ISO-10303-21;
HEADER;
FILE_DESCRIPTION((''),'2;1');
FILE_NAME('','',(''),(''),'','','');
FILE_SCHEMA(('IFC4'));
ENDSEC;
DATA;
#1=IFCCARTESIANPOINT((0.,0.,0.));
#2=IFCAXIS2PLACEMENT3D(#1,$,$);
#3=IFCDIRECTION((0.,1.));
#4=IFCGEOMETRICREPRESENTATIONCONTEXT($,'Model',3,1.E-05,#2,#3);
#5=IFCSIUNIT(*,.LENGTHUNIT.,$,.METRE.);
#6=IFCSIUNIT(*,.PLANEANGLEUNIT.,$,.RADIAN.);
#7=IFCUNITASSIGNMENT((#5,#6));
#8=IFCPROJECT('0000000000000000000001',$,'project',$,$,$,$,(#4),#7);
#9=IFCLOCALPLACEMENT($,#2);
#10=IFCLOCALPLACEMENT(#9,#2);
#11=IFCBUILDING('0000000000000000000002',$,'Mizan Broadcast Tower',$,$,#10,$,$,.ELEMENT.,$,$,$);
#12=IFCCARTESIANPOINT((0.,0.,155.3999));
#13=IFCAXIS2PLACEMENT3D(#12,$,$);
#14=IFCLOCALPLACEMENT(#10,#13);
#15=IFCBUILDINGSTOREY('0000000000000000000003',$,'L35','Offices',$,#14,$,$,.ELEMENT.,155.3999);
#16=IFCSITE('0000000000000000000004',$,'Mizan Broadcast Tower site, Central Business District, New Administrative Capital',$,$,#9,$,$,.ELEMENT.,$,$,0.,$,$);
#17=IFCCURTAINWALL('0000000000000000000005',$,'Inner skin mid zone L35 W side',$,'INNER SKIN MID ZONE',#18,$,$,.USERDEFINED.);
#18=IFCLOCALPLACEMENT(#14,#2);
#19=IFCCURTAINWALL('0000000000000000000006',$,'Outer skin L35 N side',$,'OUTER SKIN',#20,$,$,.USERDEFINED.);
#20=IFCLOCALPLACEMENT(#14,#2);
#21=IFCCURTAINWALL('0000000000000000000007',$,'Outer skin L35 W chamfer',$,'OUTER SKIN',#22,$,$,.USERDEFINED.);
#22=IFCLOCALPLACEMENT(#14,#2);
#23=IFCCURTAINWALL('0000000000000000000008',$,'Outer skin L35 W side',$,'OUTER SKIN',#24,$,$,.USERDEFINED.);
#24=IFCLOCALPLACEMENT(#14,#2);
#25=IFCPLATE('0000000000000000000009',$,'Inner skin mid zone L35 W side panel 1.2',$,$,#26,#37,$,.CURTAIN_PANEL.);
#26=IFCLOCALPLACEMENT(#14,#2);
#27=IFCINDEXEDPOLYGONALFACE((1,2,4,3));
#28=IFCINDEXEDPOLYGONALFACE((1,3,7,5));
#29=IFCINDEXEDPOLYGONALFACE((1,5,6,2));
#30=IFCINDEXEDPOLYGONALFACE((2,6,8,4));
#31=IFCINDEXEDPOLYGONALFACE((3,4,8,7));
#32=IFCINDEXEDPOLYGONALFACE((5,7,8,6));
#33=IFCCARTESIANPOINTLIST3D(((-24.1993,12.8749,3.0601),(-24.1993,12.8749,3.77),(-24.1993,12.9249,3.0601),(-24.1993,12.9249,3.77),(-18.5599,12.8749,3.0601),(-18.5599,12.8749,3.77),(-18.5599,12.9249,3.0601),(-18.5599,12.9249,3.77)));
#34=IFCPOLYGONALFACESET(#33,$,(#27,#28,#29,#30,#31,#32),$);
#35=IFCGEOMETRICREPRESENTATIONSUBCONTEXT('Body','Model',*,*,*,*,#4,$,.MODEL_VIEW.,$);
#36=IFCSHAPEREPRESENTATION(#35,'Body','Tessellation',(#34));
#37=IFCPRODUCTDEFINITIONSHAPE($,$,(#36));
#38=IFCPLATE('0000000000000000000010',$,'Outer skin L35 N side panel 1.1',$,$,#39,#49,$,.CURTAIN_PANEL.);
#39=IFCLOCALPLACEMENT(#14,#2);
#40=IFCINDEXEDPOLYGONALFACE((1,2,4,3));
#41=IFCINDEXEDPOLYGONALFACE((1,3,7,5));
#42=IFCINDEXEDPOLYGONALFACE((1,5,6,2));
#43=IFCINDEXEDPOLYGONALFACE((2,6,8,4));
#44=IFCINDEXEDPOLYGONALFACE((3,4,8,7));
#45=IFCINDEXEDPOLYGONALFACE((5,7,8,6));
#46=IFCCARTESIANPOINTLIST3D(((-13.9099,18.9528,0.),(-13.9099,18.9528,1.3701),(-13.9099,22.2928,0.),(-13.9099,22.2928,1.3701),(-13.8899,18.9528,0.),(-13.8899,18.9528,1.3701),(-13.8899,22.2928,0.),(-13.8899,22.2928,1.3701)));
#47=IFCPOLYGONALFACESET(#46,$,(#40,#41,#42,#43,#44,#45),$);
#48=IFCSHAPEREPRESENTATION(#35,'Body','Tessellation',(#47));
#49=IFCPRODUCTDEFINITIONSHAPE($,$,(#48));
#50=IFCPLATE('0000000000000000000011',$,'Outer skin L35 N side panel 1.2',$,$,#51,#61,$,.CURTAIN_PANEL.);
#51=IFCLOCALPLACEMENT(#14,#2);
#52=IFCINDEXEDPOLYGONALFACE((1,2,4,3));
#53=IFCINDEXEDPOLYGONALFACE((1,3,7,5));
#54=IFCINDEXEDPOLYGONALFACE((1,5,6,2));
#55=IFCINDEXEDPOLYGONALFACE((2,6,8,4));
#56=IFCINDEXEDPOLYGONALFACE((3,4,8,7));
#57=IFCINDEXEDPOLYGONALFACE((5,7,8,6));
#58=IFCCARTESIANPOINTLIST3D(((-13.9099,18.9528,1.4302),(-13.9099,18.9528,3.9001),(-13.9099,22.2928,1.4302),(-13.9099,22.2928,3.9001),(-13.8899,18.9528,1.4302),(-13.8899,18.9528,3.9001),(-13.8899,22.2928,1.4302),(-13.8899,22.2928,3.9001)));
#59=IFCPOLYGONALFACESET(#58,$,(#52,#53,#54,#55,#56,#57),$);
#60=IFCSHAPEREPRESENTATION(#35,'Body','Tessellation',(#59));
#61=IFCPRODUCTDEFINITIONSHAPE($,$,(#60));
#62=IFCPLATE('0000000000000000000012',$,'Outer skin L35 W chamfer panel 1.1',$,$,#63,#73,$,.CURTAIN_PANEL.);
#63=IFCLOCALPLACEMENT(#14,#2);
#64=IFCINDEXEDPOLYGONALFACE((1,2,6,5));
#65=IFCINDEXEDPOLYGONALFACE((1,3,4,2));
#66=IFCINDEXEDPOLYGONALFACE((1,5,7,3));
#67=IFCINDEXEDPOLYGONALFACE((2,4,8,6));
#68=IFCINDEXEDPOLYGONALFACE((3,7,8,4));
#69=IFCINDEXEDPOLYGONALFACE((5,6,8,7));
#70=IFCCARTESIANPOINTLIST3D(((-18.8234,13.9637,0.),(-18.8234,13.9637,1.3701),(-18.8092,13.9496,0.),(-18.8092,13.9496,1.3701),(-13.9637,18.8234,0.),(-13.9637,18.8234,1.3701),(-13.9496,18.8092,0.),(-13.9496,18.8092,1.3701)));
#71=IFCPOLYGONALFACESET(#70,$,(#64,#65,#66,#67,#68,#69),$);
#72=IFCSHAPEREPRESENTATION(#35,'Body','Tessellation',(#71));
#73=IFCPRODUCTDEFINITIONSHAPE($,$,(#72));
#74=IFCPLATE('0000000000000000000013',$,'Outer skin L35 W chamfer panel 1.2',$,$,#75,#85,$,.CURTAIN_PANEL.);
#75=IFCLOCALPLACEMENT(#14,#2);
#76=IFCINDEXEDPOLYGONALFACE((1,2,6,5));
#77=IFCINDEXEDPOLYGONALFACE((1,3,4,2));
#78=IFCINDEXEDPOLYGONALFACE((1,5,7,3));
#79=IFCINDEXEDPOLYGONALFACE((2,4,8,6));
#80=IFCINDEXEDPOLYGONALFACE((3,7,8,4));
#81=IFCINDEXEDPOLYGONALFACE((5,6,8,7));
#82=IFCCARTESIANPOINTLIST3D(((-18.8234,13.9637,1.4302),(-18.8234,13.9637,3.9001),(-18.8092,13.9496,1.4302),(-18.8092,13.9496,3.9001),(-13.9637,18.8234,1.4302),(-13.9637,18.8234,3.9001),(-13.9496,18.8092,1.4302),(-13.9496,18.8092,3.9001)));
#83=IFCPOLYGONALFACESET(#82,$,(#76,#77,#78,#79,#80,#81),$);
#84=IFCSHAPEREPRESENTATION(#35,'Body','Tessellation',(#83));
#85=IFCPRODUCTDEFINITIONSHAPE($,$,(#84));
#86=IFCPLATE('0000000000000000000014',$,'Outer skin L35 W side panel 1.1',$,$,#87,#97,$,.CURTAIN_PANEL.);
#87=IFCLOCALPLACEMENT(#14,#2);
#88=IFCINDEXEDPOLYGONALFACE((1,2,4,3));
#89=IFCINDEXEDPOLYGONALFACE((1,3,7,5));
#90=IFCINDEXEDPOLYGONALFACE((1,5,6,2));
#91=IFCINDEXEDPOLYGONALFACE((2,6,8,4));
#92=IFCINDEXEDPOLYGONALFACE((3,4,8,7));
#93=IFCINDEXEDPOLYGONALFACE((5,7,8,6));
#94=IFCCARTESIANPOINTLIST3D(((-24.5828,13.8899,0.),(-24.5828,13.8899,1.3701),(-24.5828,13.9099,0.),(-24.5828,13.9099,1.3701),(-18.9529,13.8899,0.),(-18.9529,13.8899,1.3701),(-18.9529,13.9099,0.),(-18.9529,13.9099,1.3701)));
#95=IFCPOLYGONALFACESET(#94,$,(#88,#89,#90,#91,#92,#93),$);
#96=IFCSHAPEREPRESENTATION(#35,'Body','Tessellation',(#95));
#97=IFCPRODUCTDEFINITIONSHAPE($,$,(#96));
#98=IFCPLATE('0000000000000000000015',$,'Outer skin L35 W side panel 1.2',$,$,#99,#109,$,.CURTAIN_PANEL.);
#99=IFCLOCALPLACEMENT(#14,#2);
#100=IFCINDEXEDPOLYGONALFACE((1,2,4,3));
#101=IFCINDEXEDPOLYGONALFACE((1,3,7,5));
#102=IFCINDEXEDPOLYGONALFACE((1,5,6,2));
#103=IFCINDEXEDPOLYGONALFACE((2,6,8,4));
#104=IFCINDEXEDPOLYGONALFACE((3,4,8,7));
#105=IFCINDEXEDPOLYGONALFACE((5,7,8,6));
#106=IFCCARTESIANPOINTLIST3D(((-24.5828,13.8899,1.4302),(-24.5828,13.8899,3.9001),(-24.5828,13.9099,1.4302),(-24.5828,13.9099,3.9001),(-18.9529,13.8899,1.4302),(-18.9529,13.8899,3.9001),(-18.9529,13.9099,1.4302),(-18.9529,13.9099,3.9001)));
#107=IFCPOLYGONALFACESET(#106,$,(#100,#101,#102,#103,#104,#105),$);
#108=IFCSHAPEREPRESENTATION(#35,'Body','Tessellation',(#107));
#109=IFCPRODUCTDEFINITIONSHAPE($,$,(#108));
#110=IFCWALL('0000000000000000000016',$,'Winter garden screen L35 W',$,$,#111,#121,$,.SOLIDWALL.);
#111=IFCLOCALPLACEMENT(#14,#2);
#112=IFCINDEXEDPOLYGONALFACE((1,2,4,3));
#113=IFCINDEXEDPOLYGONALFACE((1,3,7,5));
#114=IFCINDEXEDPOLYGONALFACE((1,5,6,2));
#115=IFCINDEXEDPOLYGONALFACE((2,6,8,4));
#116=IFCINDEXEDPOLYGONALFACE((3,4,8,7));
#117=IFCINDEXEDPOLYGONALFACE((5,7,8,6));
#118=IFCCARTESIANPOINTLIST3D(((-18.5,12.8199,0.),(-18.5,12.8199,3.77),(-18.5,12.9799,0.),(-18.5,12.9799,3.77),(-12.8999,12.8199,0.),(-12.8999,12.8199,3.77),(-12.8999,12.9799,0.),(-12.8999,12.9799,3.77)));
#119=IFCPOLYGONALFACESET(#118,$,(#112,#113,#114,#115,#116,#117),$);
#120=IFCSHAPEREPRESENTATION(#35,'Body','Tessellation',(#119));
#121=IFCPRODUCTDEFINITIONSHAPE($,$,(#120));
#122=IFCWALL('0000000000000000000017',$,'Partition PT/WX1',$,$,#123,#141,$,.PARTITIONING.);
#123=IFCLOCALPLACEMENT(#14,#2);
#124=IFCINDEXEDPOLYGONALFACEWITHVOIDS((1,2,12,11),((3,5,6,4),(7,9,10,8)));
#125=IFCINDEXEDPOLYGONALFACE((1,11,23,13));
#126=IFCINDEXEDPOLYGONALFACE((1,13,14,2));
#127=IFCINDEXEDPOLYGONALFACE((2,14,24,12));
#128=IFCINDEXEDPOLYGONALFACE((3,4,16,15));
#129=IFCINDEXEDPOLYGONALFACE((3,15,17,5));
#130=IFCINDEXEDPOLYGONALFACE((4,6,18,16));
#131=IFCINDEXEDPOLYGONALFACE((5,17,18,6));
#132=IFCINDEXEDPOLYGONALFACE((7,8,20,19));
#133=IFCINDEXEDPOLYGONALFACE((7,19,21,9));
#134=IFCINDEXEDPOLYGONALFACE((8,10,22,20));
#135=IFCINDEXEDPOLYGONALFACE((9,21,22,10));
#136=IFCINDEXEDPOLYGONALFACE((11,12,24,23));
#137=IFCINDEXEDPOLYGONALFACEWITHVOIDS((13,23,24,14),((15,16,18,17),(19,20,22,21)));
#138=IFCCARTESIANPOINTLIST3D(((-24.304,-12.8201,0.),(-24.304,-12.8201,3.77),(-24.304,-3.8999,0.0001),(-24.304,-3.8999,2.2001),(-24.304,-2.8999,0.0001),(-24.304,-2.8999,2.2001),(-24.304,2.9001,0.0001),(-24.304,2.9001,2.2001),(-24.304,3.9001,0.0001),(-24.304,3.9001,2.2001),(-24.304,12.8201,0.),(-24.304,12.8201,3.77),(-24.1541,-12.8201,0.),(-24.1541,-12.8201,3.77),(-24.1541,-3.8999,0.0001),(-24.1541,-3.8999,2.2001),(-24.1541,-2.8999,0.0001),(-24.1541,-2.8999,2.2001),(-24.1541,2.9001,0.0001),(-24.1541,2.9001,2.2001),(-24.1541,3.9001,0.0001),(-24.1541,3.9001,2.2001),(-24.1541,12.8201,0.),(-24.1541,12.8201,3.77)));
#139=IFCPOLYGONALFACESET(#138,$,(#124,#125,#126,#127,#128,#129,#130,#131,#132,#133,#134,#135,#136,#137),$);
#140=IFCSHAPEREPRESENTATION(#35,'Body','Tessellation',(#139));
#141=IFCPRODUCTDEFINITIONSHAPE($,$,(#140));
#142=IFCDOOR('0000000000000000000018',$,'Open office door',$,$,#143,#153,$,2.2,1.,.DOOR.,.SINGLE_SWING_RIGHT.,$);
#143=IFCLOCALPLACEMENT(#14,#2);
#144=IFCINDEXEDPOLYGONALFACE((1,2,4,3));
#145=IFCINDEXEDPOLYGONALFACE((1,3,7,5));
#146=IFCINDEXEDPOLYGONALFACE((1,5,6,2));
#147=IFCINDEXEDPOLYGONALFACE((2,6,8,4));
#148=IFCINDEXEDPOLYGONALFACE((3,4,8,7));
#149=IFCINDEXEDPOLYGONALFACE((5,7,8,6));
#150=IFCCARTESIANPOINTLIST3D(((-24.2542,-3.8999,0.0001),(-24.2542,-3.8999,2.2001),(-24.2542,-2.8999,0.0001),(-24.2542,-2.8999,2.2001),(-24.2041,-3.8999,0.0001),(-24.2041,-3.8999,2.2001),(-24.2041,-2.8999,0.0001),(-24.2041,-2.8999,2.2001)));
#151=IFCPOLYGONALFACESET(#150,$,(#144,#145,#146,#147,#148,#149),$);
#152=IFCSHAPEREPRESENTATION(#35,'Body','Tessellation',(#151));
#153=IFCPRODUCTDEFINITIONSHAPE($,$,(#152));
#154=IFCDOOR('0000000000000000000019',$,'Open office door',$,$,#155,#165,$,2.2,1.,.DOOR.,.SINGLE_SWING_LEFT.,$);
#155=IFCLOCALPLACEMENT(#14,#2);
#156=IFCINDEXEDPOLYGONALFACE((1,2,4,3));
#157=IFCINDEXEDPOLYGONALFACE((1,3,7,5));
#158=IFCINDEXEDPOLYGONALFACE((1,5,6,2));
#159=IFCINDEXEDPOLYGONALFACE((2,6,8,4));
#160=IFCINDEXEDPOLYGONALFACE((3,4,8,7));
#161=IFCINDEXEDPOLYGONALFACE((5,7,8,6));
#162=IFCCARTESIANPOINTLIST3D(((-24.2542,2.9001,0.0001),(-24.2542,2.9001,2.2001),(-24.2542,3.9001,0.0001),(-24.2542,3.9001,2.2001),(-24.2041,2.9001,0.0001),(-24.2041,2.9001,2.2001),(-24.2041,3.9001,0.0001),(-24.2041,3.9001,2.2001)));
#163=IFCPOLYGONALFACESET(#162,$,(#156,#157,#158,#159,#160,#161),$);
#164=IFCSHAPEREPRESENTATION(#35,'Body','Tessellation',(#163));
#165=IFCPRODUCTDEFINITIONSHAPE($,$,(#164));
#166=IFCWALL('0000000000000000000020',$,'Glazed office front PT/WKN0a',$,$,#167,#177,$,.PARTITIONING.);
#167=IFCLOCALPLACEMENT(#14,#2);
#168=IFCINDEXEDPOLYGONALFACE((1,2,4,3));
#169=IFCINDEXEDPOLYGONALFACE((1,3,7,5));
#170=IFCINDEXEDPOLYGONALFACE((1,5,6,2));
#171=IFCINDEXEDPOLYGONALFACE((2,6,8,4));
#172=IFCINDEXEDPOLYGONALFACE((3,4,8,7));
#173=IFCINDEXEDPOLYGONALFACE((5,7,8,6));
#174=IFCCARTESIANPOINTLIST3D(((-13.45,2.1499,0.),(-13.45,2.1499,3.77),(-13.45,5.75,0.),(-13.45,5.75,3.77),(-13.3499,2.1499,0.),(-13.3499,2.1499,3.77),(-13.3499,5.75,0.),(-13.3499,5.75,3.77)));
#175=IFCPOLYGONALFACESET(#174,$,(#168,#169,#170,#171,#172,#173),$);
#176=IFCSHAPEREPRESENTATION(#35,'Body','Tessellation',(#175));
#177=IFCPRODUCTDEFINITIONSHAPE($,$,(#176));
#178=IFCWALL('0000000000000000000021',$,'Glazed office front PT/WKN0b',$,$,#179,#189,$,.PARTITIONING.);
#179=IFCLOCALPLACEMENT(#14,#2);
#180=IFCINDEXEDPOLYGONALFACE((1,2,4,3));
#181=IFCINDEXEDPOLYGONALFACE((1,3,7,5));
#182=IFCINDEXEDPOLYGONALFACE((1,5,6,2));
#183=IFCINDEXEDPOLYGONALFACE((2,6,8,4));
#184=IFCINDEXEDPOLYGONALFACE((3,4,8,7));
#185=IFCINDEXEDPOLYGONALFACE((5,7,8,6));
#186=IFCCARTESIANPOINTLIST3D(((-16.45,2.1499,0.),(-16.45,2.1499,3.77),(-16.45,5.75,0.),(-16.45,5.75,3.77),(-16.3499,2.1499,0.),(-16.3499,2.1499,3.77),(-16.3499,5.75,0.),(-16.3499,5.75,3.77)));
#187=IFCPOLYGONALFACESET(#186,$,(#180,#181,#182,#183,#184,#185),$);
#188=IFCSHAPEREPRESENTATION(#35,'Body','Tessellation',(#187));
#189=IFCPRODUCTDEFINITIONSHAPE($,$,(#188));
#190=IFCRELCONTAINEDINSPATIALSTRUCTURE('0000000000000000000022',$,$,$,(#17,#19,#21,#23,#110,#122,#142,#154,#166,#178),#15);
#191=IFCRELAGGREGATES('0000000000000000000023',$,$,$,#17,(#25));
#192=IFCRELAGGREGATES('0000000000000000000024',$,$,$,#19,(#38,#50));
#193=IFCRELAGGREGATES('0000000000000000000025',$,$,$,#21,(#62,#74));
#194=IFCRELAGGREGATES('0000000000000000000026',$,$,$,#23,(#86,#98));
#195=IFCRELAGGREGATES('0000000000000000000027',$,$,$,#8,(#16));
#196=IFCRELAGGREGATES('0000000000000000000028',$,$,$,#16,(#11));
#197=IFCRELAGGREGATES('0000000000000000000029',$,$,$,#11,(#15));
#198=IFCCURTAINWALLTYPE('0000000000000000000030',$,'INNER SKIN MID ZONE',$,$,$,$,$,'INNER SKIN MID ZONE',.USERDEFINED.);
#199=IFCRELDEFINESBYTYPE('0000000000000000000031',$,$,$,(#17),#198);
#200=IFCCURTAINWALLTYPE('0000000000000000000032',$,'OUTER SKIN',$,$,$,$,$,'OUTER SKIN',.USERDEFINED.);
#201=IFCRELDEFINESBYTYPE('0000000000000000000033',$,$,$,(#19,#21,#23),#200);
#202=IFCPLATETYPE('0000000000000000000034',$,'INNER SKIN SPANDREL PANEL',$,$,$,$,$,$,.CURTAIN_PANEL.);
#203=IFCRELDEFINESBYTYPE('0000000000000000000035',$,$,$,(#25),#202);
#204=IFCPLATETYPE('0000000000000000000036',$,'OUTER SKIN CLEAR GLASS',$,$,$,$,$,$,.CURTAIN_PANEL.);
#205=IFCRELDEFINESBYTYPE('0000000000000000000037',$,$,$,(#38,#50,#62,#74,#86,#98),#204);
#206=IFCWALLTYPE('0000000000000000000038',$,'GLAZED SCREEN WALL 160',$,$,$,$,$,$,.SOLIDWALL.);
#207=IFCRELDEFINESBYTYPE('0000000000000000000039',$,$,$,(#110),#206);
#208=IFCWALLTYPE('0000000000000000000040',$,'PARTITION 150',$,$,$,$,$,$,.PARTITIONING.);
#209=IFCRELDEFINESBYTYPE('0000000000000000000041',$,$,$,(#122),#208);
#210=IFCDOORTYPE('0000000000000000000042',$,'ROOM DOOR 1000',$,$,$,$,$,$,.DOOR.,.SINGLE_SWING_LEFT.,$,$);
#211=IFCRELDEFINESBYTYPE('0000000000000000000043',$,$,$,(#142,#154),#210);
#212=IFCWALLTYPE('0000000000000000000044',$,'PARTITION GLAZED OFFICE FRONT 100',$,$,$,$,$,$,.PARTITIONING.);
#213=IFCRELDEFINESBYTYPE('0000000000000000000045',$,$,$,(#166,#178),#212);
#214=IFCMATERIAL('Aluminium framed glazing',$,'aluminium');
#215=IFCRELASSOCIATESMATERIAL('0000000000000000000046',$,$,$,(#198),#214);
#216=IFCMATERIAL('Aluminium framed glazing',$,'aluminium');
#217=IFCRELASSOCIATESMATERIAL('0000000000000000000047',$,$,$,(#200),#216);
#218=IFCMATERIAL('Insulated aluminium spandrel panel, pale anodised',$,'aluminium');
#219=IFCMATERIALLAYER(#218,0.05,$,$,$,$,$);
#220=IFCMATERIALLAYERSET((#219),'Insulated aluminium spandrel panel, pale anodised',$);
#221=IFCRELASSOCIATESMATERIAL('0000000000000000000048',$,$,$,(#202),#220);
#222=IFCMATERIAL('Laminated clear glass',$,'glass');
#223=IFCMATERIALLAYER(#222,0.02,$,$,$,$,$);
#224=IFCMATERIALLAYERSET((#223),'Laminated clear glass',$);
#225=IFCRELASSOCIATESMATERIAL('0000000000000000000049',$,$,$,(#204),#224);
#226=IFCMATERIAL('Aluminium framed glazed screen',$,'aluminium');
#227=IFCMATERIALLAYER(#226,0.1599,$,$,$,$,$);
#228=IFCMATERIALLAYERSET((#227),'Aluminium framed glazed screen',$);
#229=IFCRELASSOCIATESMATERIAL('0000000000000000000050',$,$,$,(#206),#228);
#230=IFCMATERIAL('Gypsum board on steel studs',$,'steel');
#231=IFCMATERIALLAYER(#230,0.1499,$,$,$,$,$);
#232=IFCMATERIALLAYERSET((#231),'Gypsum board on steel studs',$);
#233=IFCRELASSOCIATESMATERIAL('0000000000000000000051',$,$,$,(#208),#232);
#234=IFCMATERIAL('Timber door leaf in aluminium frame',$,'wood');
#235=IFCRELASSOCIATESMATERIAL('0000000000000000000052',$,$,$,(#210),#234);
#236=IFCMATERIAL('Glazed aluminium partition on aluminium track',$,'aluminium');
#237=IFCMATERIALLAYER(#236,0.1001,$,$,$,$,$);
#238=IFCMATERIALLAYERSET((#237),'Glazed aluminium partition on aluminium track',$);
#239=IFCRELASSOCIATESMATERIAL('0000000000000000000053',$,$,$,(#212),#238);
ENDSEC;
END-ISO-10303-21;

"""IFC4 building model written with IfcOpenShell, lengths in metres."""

from ifc_helpers import new_model, si_unit, direction, frame, frame_2d, origin, origin_2d, place, context, subcontext, project, spatial, rectangle, extrude, material, layer, layer_set, type_object, element, fill, aggregate, save


model = new_model("IFC4")

# Units and contexts
model_context = context("Model", 3, precision=1e-05, world=origin(), true_north=direction((0.0, 1.0)))
body_context = subcontext(model_context, "Body", "Model", "MODEL_VIEW")
ifc_project = project(units=[si_unit("LENGTHUNIT", "METRE"), si_unit("PLANEANGLEUNIT", "RADIAN")], contexts=[model_context])

# Site, building, storey
site_placement = place(None, origin())
site = spatial("IfcSite", under=ifc_project, at=site_placement, Name="Mizan Broadcast Tower site, Central Business District, New Administrative Capital", CompositionType="ELEMENT", RefElevation=0.0)
building_placement = place(site_placement, origin())
building = spatial("IfcBuilding", under=site, at=building_placement, Name="Mizan Broadcast Tower", CompositionType="ELEMENT")
storey_placement = place(building_placement, frame((0.0, 0.0, 155.3999)))
storey = spatial("IfcBuildingStorey", under=building, at=storey_placement, Name="L35", Description="Offices", CompositionType="ELEMENT", Elevation=155.3999)

# Curtain wall
ifc_material_1 = material(Name="Aluminium framed glazing", Category="aluminium")
curtain_wall_type_1 = type_object("IfcCurtainWallType", Name="INNER SKIN MID ZONE", ElementType="INNER SKIN MID ZONE", PredefinedType="USERDEFINED", material=ifc_material_1)
curtain_wall_1_placement = place(storey_placement, origin())
curtain_wall_1 = element("IfcCurtainWall", 1, at=curtain_wall_1_placement, inside=storey, type_object=curtain_wall_type_1, Name="Inner skin mid zone L35 W side", ObjectType="INNER SKIN MID ZONE", PredefinedType="USERDEFINED")

# Curtain walls
ifc_material_2 = material(Name="Aluminium framed glazing", Category="aluminium")
curtain_wall_type_2 = type_object("IfcCurtainWallType", Name="OUTER SKIN", ElementType="OUTER SKIN", PredefinedType="USERDEFINED", material=ifc_material_2)
curtain_wall_2_placement = place(storey_placement, origin())
curtain_wall_2 = element("IfcCurtainWall", 2, at=curtain_wall_2_placement, inside=storey, type_object=curtain_wall_type_2, Name="Outer skin L35 N side", ObjectType="OUTER SKIN", PredefinedType="USERDEFINED")
curtain_wall_3_placement = place(storey_placement, origin())
curtain_wall_3 = element("IfcCurtainWall", 3, at=curtain_wall_3_placement, inside=storey, type_object=curtain_wall_type_2, Name="Outer skin L35 W chamfer", ObjectType="OUTER SKIN", PredefinedType="USERDEFINED")
curtain_wall_4_placement = place(storey_placement, origin())
curtain_wall_4 = element("IfcCurtainWall", 4, at=curtain_wall_4_placement, inside=storey, type_object=curtain_wall_type_2, Name="Outer skin L35 W side", ObjectType="OUTER SKIN", PredefinedType="USERDEFINED")

# Plates
ifc_material_3 = material(Name="Insulated aluminium spandrel panel, pale anodised", Category="aluminium")
ifc_layer_1 = layer(ifc_material_3, 0.05)
ifc_layer_set_1 = layer_set([ifc_layer_1], Name="Insulated aluminium spandrel panel, pale anodised")
plate_type_1 = type_object("IfcPlateType", Name="INNER SKIN SPANDREL PANEL", PredefinedType="CURTAIN_PANEL", material=ifc_layer_set_1)
plate_1_placement = place(storey_placement, frame((-21.3796, 12.8999, 3.0601), z_axis=(0.0, 0.0, 1.0), x_axis=(-1.0, 0.0, 0.0)))
plate_1 = element("IfcPlate", 5, at=plate_1_placement, type_object=plate_type_1, Name="Inner skin mid zone L35 W side panel 1.2", PredefinedType="CURTAIN_PANEL", context=body_context, shape_type="SweptSolid", body=[
    extrude(rectangle(XDim=5.6394, YDim=0.05, at=origin_2d()), origin(), (0.0, 0.0, 1.0), 0.71),
])
aggregate(curtain_wall_1, [plate_1])
ifc_material_4 = material(Name="Laminated clear glass", Category="glass")
ifc_layer_2 = layer(ifc_material_4, 0.02)
ifc_layer_set_2 = layer_set([ifc_layer_2], Name="Laminated clear glass")
plate_type_2 = type_object("IfcPlateType", Name="OUTER SKIN CLEAR GLASS", PredefinedType="CURTAIN_PANEL", material=ifc_layer_set_2)
plate_2_placement = place(storey_placement, frame((-13.8999, 20.6228, 0.0), z_axis=(0.0, 0.0, 1.0), x_axis=(0.0, -1.0, 0.0)))
plate_2 = element("IfcPlate", 6, at=plate_2_placement, type_object=plate_type_2, Name="Outer skin L35 N side panel 1.1", PredefinedType="CURTAIN_PANEL", context=body_context, shape_type="SweptSolid", body=[
    extrude(rectangle(XDim=3.3401, YDim=0.02, at=origin_2d()), origin(), (0.0, 0.0, 1.0), 1.3701),
])
plate_3_placement = place(storey_placement, frame((-13.8999, 20.6228, 1.4302), z_axis=(0.0, 0.0, 1.0), x_axis=(0.0, -1.0, 0.0)))
plate_3 = element("IfcPlate", 7, at=plate_3_placement, type_object=plate_type_2, Name="Outer skin L35 N side panel 1.2", PredefinedType="CURTAIN_PANEL", context=body_context, shape_type="SweptSolid", body=[
    extrude(rectangle(XDim=3.3401, YDim=0.02, at=origin_2d()), origin(), (0.0, 0.0, 1.0), 2.47),
])
aggregate(curtain_wall_2, [plate_2, plate_3])
plate_4_placement = place(storey_placement, frame((-16.3865, 16.3865, 0.0), z_axis=(0.0, 0.0, 1.0), x_axis=(-0.707107, -0.707107, 0.0)))
plate_4 = element("IfcPlate", 8, at=plate_4_placement, type_object=plate_type_2, Name="Outer skin L35 W chamfer panel 1.1", PredefinedType="CURTAIN_PANEL", context=body_context, shape_type="SweptSolid", body=[
    extrude(rectangle(XDim=6.8726, YDim=0.02, at=origin_2d()), origin(), (0.0, 0.0, 1.0), 1.3701),
])
plate_5_placement = place(storey_placement, frame((-16.3865, 16.3865, 1.4302), z_axis=(0.0, 0.0, 1.0), x_axis=(-0.707107, -0.707107, 0.0)))
plate_5 = element("IfcPlate", 9, at=plate_5_placement, type_object=plate_type_2, Name="Outer skin L35 W chamfer panel 1.2", PredefinedType="CURTAIN_PANEL", context=body_context, shape_type="SweptSolid", body=[
    extrude(rectangle(XDim=6.8726, YDim=0.02, at=origin_2d()), origin(), (0.0, 0.0, 1.0), 2.47),
])
aggregate(curtain_wall_3, [plate_4, plate_5])
plate_6_placement = place(storey_placement, frame((-21.7678, 13.8999, 0.0), z_axis=(0.0, 0.0, 1.0), x_axis=(-1.0, 0.0, 0.0)))
plate_6 = element("IfcPlate", 10, at=plate_6_placement, type_object=plate_type_2, Name="Outer skin L35 W side panel 1.1", PredefinedType="CURTAIN_PANEL", context=body_context, shape_type="SweptSolid", body=[
    extrude(rectangle(XDim=5.6299, YDim=0.02, at=origin_2d()), origin(), (0.0, 0.0, 1.0), 1.3701),
])
plate_7_placement = place(storey_placement, frame((-21.7678, 13.8999, 1.4302), z_axis=(0.0, 0.0, 1.0), x_axis=(-1.0, 0.0, 0.0)))
plate_7 = element("IfcPlate", 11, at=plate_7_placement, type_object=plate_type_2, Name="Outer skin L35 W side panel 1.2", PredefinedType="CURTAIN_PANEL", context=body_context, shape_type="SweptSolid", body=[
    extrude(rectangle(XDim=5.6299, YDim=0.02, at=origin_2d()), origin(), (0.0, 0.0, 1.0), 2.47),
])
aggregate(curtain_wall_4, [plate_6, plate_7])

# Wall
ifc_material_5 = material(Name="Aluminium framed glazed screen", Category="aluminium")
ifc_layer_3 = layer(ifc_material_5, 0.1599)
ifc_layer_set_3 = layer_set([ifc_layer_3], Name="Aluminium framed glazed screen")
wall_type_1 = type_object("IfcWallType", Name="GLAZED SCREEN WALL 160", PredefinedType="SOLIDWALL", material=ifc_layer_set_3)
wall_1_placement = place(storey_placement, frame((-12.8999, 12.8999, 0.0), z_axis=(0.0, 0.0, 1.0), x_axis=(-1.0, 0.0, 0.0)))
element("IfcWall", 12, at=wall_1_placement, inside=storey, type_object=wall_type_1, Name="Winter garden screen L35 W", PredefinedType="SOLIDWALL", context=body_context, shape_type="SweptSolid", body=[
    extrude(rectangle(XDim=5.6001, YDim=0.1599, at=frame_2d((2.8, 0.0))), origin(), (0.0, 0.0, 1.0), 3.77),
])

# Wall, openings, doors
ifc_material_6 = material(Name="Gypsum board on steel studs", Category="steel")
ifc_layer_4 = layer(ifc_material_6, 0.1499)
ifc_layer_set_4 = layer_set([ifc_layer_4], Name="Gypsum board on steel studs")
wall_type_2 = type_object("IfcWallType", Name="PARTITION 150", PredefinedType="PARTITIONING", material=ifc_layer_set_4)
wall_2_placement = place(storey_placement, frame((-24.229, 12.8201, 0.0), z_axis=(0.0, 0.0, 1.0), x_axis=(0.0, -1.0, 0.0)))
wall_2 = element("IfcWall", 13, at=wall_2_placement, inside=storey, type_object=wall_type_2, Name="Partition PT/WX1", PredefinedType="PARTITIONING", context=body_context, shape_type="SweptSolid", body=[
    extrude(rectangle(XDim=25.6401, YDim=0.1499, at=frame_2d((12.8201, 0.0))), origin(), (0.0, 0.0, 1.0), 3.77),
])
opening_1_placement = place(wall_2_placement, frame((15.72, 0.0, 0.0)))
opening_1 = element("IfcOpeningElement", 14, at=opening_1_placement, cuts=wall_2, PredefinedType="OPENING", context=body_context, shape_type="SweptSolid", body=[
    extrude(rectangle(XDim=1.0, YDim=2.2, at=frame_2d((0.5, 1.1001))), frame((0.0, 0.085, 0.0), z_axis=(0.0, -1.0, 0.0), x_axis=(1.0, 0.0, 0.0)), (0.0, 0.0, 1.0), 0.1699),
])
opening_2_placement = place(wall_2_placement, frame((8.9199, 0.0, 0.0)))
opening_2 = element("IfcOpeningElement", 15, at=opening_2_placement, cuts=wall_2, PredefinedType="OPENING", context=body_context, shape_type="SweptSolid", body=[
    extrude(rectangle(XDim=1.0, YDim=2.2, at=frame_2d((0.5, 1.1001))), frame((0.0, 0.085, 0.0), z_axis=(0.0, -1.0, 0.0), x_axis=(1.0, 0.0, 0.0)), (0.0, 0.0, 1.0), 0.1699),
])
ifc_material_7 = material(Name="Timber door leaf in aluminium frame", Category="wood")
door_type_1 = type_object("IfcDoorType", Name="ROOM DOOR 1000", OperationType="SINGLE_SWING_LEFT", PredefinedType="DOOR", material=ifc_material_7)
door_1_placement = place(opening_1_placement, origin())
door_1 = element("IfcDoor", 16, at=door_1_placement, inside=storey, type_object=door_type_1, Name="Open office door", OperationType="SINGLE_SWING_RIGHT", OverallHeight=2.2, OverallWidth=1.0, PredefinedType="DOOR", context=body_context, shape_type="SweptSolid", body=[
    extrude(rectangle(XDim=1.0, YDim=2.2, at=frame_2d((0.5, 1.1001))), frame((0.0, 0.0249, 0.0), z_axis=(0.0, -1.0, 0.0), x_axis=(1.0, 0.0, 0.0)), (0.0, 0.0, 1.0), 0.05),
])
fill(opening_1, door_1)
door_2_placement = place(opening_2_placement, origin())
door_2 = element("IfcDoor", 17, at=door_2_placement, inside=storey, type_object=door_type_1, Name="Open office door", OperationType="SINGLE_SWING_LEFT", OverallHeight=2.2, OverallWidth=1.0, PredefinedType="DOOR", context=body_context, shape_type="SweptSolid", body=[
    extrude(rectangle(XDim=1.0, YDim=2.2, at=frame_2d((0.5, 1.1001))), frame((0.0, 0.0249, 0.0), z_axis=(0.0, -1.0, 0.0), x_axis=(1.0, 0.0, 0.0)), (0.0, 0.0, 1.0), 0.05),
])
fill(opening_2, door_2)

# Walls
ifc_material_8 = material(Name="Glazed aluminium partition on aluminium track", Category="aluminium")
ifc_layer_5 = layer(ifc_material_8, 0.1001)
ifc_layer_set_5 = layer_set([ifc_layer_5], Name="Glazed aluminium partition on aluminium track")
wall_type_3 = type_object("IfcWallType", Name="PARTITION GLAZED OFFICE FRONT 100", PredefinedType="PARTITIONING", material=ifc_layer_set_5)
for number, where, z_axis, x_axis, name in (
    (18, (-13.3999, 2.1499, 0.0), (0.0, 0.0, 1.0), (0.0, 1.0, 0.0), "Glazed office front PT/WKN0a"),
    (19, (-16.3999, 2.1499, 0.0), (0.0, 0.0, 1.0), (0.0, 1.0, 0.0), "Glazed office front PT/WKN0b"),
):
    element("IfcWall", number, at=place(storey_placement, frame(where, z_axis=z_axis, x_axis=x_axis)), inside=storey, type_object=wall_type_3, Name=name, PredefinedType="PARTITIONING", context=body_context, shape_type="SweptSolid", body=[
        extrude(rectangle(XDim=3.6001, YDim=0.1001, at=frame_2d((1.8, 0.0))), origin(), (0.0, 0.0, 1.0), 3.77),
    ])

save(model, "model.ifc")
